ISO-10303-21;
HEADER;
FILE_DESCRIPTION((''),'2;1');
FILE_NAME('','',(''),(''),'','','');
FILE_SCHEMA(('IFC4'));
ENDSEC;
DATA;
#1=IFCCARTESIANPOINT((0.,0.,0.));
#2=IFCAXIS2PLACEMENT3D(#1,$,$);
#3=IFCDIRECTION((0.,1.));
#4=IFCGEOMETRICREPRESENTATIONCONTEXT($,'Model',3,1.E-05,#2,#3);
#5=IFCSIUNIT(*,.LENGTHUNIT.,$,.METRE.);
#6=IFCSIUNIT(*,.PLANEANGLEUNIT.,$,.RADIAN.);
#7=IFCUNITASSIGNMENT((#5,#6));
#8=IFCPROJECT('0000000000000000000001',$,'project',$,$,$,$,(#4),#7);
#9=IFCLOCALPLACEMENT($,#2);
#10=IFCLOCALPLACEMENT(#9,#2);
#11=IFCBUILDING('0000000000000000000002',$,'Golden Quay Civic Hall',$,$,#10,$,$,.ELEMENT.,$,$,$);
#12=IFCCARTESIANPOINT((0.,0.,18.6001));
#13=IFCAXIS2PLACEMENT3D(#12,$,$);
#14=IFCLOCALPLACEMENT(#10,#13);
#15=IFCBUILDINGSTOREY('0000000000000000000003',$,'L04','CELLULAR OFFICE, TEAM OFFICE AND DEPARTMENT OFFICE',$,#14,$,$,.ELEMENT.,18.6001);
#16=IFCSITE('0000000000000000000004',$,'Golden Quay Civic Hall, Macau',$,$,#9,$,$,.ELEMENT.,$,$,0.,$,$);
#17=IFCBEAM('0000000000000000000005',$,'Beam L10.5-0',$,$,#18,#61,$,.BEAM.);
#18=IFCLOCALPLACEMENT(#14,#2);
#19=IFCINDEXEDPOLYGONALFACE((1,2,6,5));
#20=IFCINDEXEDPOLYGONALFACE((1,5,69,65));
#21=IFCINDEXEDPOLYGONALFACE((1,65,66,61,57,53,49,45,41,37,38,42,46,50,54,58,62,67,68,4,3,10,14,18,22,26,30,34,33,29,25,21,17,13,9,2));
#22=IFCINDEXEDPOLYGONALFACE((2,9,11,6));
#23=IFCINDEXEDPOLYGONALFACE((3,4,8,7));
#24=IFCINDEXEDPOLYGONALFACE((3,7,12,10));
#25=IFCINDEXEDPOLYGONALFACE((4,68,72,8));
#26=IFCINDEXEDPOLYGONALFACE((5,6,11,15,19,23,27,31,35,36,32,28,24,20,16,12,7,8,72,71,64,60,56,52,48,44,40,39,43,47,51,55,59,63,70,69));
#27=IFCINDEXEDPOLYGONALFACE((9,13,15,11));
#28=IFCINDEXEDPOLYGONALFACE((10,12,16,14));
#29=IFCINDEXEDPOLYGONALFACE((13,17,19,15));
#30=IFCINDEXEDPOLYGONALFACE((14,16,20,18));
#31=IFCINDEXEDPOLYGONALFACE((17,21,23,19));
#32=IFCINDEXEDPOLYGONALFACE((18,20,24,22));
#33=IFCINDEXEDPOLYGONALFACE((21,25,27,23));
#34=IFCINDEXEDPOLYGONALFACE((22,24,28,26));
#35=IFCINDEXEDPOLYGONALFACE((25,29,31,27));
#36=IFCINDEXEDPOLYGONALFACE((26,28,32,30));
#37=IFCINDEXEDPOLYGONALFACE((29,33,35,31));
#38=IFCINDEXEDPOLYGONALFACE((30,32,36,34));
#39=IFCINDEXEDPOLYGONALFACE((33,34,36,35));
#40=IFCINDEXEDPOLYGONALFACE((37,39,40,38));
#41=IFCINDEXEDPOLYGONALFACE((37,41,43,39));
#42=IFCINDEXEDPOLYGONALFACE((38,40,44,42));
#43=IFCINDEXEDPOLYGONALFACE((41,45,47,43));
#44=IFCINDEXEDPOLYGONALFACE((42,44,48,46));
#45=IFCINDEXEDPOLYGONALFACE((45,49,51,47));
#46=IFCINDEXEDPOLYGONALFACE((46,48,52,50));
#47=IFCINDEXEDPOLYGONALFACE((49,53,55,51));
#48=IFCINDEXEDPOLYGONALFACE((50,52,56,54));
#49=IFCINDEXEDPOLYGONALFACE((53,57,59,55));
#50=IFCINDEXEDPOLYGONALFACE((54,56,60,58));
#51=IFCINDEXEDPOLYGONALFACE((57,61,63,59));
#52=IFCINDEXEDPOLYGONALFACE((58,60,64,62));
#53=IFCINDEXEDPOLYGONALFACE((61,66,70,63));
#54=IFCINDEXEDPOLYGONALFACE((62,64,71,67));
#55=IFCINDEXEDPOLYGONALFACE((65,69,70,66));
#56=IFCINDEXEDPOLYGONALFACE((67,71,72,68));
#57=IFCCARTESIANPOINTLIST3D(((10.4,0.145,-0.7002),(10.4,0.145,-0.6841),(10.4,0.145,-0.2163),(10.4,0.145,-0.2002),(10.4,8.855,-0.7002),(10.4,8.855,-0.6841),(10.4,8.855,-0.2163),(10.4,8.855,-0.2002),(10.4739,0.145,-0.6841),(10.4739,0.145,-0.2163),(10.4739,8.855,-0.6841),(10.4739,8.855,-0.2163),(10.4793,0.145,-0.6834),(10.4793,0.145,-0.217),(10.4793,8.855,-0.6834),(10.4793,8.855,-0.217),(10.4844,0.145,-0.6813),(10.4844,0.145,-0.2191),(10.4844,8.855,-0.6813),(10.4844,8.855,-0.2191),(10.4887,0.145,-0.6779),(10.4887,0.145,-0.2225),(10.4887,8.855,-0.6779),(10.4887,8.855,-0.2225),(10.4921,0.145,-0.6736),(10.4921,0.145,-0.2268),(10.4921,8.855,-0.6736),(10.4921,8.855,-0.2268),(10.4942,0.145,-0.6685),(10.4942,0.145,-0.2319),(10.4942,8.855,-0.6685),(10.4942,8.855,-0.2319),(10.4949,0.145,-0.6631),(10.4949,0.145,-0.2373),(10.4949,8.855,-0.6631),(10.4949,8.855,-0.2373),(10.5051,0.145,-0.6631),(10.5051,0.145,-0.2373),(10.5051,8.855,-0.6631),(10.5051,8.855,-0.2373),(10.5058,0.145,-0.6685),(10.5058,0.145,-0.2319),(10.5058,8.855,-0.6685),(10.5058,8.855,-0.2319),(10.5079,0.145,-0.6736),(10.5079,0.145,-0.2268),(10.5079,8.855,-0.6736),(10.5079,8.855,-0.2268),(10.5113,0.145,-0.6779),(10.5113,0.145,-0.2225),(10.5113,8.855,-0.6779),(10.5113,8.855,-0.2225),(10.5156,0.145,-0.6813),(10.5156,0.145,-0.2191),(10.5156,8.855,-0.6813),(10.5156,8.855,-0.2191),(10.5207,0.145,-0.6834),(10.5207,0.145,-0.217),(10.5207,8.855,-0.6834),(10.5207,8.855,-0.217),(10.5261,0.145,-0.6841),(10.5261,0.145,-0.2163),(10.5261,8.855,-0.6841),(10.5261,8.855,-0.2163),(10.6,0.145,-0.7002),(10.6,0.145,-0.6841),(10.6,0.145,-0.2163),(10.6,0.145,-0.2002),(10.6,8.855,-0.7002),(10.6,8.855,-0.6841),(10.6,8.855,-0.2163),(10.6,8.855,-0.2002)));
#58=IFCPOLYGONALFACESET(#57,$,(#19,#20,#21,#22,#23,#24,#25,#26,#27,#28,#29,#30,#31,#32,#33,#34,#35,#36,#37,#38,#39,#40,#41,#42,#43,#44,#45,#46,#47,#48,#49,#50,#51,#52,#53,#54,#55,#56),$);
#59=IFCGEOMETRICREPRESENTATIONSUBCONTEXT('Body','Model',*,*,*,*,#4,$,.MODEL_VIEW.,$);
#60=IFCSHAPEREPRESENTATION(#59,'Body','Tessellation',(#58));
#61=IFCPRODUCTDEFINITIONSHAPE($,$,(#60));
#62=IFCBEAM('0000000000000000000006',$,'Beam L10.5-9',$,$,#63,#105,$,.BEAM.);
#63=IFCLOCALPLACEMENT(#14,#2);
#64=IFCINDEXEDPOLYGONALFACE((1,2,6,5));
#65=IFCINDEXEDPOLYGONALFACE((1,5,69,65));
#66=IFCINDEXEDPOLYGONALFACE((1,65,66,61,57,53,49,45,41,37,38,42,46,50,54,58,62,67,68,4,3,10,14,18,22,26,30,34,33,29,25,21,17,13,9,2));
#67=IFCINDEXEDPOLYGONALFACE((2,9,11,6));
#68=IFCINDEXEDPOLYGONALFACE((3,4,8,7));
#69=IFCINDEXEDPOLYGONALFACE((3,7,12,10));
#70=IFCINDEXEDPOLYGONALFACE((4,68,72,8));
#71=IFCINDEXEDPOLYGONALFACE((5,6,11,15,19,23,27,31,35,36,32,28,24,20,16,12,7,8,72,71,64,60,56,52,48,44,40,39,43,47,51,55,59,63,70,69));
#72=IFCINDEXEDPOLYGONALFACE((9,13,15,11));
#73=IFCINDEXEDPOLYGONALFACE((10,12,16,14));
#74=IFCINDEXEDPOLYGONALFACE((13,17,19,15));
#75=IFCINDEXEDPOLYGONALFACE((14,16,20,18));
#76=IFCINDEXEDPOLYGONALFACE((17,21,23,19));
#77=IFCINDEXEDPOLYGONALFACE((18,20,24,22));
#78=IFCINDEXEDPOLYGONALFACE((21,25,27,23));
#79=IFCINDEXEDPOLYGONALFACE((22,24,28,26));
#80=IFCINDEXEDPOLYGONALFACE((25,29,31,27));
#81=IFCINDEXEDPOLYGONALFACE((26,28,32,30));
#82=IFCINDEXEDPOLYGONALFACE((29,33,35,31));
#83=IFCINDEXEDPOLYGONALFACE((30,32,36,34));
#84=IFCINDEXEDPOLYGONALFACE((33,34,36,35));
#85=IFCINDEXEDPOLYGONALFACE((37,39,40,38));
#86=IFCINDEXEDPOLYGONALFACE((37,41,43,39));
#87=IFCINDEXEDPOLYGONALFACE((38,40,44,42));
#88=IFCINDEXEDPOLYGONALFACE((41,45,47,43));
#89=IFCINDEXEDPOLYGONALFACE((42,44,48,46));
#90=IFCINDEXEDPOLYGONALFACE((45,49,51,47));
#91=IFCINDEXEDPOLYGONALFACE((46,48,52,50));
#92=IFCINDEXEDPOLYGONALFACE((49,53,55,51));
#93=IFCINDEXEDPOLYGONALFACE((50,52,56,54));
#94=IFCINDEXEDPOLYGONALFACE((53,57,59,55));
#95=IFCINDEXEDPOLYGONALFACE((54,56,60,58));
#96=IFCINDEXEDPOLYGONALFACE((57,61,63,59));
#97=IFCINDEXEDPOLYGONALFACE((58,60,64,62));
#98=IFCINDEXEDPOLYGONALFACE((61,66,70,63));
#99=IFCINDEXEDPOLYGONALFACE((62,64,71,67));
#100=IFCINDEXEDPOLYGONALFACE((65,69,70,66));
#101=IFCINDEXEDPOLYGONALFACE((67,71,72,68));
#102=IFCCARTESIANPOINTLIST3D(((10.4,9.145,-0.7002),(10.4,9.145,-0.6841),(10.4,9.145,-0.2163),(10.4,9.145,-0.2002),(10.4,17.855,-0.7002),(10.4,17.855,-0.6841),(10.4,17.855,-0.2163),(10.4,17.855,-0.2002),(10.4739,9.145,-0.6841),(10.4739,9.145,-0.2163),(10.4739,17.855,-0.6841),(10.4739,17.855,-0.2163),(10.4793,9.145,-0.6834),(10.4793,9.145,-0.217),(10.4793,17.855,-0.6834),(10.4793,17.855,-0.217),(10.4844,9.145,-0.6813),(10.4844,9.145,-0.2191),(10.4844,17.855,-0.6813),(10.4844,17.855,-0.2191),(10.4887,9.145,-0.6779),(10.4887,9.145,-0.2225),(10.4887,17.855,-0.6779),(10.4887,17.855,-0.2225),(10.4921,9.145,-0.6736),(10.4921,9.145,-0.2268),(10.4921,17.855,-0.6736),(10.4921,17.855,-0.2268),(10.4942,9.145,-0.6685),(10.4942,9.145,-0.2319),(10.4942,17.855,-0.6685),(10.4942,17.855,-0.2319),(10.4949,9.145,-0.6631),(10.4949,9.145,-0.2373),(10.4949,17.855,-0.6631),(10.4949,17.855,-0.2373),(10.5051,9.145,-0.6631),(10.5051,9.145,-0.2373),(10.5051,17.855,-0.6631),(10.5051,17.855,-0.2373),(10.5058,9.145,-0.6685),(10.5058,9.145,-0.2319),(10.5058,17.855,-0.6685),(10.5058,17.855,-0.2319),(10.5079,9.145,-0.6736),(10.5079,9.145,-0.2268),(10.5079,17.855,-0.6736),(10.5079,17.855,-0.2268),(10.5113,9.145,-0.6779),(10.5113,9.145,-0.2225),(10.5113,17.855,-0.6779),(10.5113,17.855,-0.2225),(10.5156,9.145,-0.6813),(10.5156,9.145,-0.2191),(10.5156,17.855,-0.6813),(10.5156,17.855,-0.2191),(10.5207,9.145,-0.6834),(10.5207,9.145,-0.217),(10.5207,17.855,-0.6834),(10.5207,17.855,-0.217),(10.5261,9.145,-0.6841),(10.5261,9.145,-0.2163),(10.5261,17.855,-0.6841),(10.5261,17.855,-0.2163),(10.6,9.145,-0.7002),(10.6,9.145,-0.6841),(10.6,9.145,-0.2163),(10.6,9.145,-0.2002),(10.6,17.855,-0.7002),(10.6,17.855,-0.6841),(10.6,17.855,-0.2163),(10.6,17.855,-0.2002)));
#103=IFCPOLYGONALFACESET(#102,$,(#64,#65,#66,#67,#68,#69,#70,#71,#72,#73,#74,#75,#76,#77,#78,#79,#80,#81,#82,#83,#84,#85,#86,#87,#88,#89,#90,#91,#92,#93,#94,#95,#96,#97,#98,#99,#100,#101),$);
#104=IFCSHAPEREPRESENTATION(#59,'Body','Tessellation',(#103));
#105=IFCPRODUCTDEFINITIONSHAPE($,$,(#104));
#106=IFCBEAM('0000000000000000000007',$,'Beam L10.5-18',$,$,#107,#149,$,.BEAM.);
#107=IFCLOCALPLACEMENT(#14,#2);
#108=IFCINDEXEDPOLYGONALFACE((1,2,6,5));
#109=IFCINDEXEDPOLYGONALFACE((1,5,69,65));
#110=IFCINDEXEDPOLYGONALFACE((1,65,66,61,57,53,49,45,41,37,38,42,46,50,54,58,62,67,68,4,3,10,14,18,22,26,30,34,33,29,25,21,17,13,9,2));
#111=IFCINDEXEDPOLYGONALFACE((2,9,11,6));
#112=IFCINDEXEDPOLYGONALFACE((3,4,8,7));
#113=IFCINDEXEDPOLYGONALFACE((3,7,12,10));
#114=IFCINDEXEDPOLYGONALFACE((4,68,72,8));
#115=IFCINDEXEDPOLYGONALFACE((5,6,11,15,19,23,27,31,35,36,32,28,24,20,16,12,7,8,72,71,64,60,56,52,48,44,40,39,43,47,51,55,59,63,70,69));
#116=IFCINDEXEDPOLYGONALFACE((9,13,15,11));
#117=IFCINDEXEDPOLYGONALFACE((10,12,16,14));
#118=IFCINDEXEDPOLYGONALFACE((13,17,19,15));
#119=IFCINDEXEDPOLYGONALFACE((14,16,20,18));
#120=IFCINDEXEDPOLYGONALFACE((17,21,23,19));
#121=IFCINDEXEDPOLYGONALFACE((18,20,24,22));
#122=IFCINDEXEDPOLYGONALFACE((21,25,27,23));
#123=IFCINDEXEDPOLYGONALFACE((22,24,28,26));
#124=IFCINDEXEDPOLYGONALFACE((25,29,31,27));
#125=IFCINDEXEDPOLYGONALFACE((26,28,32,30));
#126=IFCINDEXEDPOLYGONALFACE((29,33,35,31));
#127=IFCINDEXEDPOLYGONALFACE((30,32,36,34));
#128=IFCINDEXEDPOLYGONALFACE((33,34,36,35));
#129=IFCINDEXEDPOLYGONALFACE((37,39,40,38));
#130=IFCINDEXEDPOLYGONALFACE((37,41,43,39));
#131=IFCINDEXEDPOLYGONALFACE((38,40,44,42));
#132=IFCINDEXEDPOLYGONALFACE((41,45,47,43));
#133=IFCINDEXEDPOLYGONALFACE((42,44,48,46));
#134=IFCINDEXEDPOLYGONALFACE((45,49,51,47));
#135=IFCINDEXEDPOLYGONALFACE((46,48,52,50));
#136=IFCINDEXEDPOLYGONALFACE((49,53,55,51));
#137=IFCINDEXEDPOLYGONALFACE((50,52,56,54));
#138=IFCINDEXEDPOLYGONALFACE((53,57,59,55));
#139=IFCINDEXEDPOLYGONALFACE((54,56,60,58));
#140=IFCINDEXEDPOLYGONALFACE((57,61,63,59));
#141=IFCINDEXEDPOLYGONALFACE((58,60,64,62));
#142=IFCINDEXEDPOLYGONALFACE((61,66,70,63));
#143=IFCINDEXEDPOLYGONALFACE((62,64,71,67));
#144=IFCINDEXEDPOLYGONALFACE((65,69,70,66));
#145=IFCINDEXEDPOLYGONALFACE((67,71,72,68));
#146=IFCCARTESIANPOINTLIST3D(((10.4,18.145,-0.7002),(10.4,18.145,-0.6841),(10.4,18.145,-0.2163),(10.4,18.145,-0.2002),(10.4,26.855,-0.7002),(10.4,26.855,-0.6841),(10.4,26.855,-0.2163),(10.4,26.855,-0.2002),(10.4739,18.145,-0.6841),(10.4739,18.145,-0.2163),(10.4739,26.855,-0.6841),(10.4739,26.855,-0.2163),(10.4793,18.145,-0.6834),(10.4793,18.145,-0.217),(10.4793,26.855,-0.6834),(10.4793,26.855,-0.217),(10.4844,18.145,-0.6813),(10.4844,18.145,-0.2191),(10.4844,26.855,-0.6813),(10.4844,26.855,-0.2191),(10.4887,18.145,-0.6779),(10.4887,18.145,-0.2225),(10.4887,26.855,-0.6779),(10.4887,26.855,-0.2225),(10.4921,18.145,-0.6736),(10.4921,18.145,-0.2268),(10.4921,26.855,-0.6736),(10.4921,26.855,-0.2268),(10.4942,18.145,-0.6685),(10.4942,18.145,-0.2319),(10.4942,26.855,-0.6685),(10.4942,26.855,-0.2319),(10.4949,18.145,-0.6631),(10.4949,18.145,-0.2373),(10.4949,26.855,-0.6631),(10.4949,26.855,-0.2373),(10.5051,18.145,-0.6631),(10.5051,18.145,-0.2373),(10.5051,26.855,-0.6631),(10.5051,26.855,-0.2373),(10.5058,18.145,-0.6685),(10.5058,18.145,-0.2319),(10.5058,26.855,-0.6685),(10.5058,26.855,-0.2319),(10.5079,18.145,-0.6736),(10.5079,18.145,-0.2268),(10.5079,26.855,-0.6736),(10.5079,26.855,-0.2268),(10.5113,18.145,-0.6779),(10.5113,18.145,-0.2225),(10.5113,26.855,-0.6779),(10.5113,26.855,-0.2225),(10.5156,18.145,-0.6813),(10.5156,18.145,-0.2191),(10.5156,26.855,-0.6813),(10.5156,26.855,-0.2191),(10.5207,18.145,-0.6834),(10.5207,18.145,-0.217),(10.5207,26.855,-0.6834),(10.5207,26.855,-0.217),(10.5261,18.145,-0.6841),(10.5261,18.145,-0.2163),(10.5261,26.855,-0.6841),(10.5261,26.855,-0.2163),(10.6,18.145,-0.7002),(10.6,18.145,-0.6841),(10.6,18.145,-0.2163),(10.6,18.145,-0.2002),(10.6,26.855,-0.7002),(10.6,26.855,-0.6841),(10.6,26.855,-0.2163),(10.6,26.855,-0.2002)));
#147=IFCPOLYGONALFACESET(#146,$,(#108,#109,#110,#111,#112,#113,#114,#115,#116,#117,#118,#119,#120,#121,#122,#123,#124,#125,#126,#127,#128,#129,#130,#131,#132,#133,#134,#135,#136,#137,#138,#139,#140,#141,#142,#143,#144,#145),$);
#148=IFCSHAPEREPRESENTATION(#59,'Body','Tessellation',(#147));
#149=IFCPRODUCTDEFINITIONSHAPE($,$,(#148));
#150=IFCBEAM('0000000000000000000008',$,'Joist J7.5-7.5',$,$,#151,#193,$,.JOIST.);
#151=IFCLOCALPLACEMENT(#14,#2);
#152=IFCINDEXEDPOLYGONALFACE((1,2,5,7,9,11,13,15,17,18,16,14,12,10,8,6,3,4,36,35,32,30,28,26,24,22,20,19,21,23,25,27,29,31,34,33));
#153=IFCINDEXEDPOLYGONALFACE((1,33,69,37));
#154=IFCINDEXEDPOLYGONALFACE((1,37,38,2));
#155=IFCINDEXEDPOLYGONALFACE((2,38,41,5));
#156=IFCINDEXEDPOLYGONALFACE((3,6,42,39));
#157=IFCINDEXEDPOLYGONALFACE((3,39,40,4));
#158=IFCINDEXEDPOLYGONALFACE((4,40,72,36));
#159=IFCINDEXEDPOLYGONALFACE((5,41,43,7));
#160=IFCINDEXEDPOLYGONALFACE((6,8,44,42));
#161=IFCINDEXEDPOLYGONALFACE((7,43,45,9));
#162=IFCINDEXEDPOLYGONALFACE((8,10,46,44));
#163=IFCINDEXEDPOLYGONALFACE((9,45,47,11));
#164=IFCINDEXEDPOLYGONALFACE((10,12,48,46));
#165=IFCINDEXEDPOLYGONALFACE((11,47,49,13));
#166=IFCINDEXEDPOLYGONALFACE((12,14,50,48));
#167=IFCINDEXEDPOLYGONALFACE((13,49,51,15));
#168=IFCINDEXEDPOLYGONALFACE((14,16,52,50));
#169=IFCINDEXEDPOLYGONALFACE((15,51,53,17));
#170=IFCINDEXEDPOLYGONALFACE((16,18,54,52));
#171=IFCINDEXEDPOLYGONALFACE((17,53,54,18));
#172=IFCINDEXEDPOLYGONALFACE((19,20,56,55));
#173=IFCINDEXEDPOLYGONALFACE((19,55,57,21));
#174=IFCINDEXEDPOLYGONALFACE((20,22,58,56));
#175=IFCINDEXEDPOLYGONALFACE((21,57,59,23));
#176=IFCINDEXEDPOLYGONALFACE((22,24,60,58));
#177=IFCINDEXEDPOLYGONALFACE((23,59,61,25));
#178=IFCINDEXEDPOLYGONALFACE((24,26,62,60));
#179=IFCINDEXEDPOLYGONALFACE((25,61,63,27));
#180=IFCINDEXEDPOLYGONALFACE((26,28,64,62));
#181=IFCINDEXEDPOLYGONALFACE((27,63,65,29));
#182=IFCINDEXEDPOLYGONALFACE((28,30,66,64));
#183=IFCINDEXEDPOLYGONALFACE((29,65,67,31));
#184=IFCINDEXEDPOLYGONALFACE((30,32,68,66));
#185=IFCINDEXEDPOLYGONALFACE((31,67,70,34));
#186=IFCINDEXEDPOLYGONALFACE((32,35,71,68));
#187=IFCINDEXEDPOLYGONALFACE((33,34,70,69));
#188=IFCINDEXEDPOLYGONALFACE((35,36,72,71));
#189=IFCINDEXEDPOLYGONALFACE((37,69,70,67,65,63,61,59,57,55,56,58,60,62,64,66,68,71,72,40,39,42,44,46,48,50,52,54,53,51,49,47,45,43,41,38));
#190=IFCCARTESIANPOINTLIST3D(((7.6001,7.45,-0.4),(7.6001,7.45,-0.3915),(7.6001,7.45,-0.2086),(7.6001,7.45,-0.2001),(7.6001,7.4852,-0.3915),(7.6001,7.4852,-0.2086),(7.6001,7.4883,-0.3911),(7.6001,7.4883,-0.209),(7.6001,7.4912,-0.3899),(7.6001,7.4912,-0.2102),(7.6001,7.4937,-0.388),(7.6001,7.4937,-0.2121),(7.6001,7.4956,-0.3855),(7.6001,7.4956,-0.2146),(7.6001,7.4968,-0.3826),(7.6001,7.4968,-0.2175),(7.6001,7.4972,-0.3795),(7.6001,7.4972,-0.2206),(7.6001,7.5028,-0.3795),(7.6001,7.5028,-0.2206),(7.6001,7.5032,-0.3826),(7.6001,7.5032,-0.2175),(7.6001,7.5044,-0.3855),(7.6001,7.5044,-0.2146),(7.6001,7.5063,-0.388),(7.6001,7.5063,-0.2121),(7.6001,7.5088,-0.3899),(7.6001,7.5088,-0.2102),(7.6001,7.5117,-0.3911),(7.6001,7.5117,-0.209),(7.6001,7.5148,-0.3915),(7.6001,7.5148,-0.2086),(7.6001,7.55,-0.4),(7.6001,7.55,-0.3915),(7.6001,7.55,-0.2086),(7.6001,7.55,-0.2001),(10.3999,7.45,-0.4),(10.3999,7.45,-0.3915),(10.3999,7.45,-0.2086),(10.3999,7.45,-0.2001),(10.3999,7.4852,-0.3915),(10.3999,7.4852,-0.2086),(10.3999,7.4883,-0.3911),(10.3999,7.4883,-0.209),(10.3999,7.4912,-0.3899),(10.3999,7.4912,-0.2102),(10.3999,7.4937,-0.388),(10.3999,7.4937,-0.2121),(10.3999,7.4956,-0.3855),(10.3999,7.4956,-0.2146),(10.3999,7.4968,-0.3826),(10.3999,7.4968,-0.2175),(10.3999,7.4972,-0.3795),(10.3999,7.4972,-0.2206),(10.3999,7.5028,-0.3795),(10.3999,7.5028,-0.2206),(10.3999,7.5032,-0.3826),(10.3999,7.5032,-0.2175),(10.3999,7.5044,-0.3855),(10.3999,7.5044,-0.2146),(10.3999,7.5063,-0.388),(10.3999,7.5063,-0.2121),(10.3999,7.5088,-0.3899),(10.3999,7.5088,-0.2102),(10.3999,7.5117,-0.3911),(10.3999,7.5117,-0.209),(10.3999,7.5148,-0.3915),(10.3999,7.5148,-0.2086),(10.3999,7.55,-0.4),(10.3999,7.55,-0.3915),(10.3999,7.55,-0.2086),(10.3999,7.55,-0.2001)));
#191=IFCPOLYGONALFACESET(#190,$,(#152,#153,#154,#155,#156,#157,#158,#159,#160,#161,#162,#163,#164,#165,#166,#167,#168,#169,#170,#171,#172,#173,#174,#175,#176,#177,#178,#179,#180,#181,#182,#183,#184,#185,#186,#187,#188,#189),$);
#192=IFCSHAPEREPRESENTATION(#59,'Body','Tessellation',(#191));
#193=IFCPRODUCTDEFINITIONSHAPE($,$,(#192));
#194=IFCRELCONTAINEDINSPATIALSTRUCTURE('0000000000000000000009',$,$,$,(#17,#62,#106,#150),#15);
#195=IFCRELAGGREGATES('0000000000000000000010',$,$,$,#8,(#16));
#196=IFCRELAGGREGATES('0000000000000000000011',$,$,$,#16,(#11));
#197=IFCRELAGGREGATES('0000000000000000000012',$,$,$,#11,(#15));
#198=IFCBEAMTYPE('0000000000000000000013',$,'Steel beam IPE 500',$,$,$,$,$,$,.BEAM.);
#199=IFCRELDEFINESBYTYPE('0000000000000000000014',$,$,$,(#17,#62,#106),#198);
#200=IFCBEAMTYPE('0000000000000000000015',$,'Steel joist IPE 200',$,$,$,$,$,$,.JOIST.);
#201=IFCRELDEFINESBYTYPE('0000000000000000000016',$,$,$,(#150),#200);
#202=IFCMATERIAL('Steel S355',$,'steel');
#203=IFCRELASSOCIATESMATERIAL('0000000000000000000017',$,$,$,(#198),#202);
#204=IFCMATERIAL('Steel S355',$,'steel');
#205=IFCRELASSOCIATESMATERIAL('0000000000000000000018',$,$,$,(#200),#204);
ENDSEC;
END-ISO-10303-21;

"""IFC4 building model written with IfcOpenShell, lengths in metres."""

from ifc_helpers import new_model, si_unit, direction, frame, origin, origin_2d, place, context, subcontext, project, spatial, i_section, extrude, material, material_profile, profile_set, type_object, element, save


model = new_model("IFC4")

# Units and contexts
model_context = context("Model", 3, precision=1e-05, world=origin(), true_north=direction((0.0, 1.0)))
body_context = subcontext(model_context, "Body", "Model", "MODEL_VIEW")
ifc_project = project(units=[si_unit("LENGTHUNIT", "METRE"), si_unit("PLANEANGLEUNIT", "RADIAN")], contexts=[model_context])

# Site, building, storey
site_placement = place(None, origin())
site = spatial("IfcSite", under=ifc_project, at=site_placement, Name="Golden Quay Civic Hall, Macau", CompositionType="ELEMENT", RefElevation=0.0)
building_placement = place(site_placement, origin())
building = spatial("IfcBuilding", under=site, at=building_placement, Name="Golden Quay Civic Hall", CompositionType="ELEMENT")
storey_placement = place(building_placement, frame((0.0, 0.0, 18.6001)))
storey = spatial("IfcBuildingStorey", under=building, at=storey_placement, Name="L04", Description="CELLULAR OFFICE, TEAM OFFICE AND DEPARTMENT OFFICE", CompositionType="ELEMENT", Elevation=18.6001)

# Beams
ifc_material_1 = material(Name="Steel S355", Category="steel")
ifc_material_profile_1 = material_profile(ifc_material_1, i_section(OverallWidth=0.2, OverallDepth=0.5, WebThickness=0.0103, FlangeThickness=0.0161, FilletRadius=0.021, at=origin_2d()), Name="IPE 500")
ifc_profile_set_1 = profile_set([ifc_material_profile_1], Name="Steel S355")
beam_type_1 = type_object("IfcBeamType", Name="Steel beam IPE 500", PredefinedType="BEAM", material=ifc_profile_set_1)
for number, where, z_axis, x_axis, name in (
    (1, (10.5, 0.145, -0.4502), (0.0, 1.0, 0.0), (-1.0, 0.0, 0.0), "Beam L10.5-0"),
    (2, (10.5, 9.145, -0.4502), (0.0, 1.0, 0.0), (-1.0, 0.0, 0.0), "Beam L10.5-9"),
    (3, (10.5, 18.145, -0.4502), (0.0, 1.0, 0.0), (-1.0, 0.0, 0.0), "Beam L10.5-18"),
):
    element("IfcBeam", number, at=place(storey_placement, frame(where, z_axis=z_axis, x_axis=x_axis)), inside=storey, type_object=beam_type_1, Name=name, PredefinedType="BEAM", context=body_context, shape_type="SweptSolid", body=[
        extrude(i_section(OverallWidth=0.2, OverallDepth=0.5, WebThickness=0.0103, FlangeThickness=0.0161, FilletRadius=0.021, at=origin_2d()), origin(), (0.0, 0.0, 1.0), 8.71),
    ])
ifc_material_2 = material(Name="Steel S355", Category="steel")
ifc_material_profile_2 = material_profile(ifc_material_2, i_section(OverallWidth=0.1001, OverallDepth=0.2, WebThickness=0.0056, FlangeThickness=0.0085, FilletRadius=0.012, at=origin_2d()), Name="IPE 200")
ifc_profile_set_2 = profile_set([ifc_material_profile_2], Name="Steel S355")
beam_type_2 = type_object("IfcBeamType", Name="Steel joist IPE 200", PredefinedType="JOIST", material=ifc_profile_set_2)
for number, where, z_axis, x_axis, name in (
    (4, (7.6001, 7.5, -0.3), (1.0, 0.0, 0.0), (0.0, 1.0, 0.0), "Joist J7.5-7.5"),
):
    element("IfcBeam", number, at=place(storey_placement, frame(where, z_axis=z_axis, x_axis=x_axis)), inside=storey, type_object=beam_type_2, Name=name, PredefinedType="JOIST", context=body_context, shape_type="SweptSolid", body=[
        extrude(i_section(OverallWidth=0.1001, OverallDepth=0.2, WebThickness=0.0056, FlangeThickness=0.0085, FilletRadius=0.012, at=origin_2d()), origin(), (0.0, 0.0, 1.0), 2.7998),
    ])

save(model, "model.ifc")
